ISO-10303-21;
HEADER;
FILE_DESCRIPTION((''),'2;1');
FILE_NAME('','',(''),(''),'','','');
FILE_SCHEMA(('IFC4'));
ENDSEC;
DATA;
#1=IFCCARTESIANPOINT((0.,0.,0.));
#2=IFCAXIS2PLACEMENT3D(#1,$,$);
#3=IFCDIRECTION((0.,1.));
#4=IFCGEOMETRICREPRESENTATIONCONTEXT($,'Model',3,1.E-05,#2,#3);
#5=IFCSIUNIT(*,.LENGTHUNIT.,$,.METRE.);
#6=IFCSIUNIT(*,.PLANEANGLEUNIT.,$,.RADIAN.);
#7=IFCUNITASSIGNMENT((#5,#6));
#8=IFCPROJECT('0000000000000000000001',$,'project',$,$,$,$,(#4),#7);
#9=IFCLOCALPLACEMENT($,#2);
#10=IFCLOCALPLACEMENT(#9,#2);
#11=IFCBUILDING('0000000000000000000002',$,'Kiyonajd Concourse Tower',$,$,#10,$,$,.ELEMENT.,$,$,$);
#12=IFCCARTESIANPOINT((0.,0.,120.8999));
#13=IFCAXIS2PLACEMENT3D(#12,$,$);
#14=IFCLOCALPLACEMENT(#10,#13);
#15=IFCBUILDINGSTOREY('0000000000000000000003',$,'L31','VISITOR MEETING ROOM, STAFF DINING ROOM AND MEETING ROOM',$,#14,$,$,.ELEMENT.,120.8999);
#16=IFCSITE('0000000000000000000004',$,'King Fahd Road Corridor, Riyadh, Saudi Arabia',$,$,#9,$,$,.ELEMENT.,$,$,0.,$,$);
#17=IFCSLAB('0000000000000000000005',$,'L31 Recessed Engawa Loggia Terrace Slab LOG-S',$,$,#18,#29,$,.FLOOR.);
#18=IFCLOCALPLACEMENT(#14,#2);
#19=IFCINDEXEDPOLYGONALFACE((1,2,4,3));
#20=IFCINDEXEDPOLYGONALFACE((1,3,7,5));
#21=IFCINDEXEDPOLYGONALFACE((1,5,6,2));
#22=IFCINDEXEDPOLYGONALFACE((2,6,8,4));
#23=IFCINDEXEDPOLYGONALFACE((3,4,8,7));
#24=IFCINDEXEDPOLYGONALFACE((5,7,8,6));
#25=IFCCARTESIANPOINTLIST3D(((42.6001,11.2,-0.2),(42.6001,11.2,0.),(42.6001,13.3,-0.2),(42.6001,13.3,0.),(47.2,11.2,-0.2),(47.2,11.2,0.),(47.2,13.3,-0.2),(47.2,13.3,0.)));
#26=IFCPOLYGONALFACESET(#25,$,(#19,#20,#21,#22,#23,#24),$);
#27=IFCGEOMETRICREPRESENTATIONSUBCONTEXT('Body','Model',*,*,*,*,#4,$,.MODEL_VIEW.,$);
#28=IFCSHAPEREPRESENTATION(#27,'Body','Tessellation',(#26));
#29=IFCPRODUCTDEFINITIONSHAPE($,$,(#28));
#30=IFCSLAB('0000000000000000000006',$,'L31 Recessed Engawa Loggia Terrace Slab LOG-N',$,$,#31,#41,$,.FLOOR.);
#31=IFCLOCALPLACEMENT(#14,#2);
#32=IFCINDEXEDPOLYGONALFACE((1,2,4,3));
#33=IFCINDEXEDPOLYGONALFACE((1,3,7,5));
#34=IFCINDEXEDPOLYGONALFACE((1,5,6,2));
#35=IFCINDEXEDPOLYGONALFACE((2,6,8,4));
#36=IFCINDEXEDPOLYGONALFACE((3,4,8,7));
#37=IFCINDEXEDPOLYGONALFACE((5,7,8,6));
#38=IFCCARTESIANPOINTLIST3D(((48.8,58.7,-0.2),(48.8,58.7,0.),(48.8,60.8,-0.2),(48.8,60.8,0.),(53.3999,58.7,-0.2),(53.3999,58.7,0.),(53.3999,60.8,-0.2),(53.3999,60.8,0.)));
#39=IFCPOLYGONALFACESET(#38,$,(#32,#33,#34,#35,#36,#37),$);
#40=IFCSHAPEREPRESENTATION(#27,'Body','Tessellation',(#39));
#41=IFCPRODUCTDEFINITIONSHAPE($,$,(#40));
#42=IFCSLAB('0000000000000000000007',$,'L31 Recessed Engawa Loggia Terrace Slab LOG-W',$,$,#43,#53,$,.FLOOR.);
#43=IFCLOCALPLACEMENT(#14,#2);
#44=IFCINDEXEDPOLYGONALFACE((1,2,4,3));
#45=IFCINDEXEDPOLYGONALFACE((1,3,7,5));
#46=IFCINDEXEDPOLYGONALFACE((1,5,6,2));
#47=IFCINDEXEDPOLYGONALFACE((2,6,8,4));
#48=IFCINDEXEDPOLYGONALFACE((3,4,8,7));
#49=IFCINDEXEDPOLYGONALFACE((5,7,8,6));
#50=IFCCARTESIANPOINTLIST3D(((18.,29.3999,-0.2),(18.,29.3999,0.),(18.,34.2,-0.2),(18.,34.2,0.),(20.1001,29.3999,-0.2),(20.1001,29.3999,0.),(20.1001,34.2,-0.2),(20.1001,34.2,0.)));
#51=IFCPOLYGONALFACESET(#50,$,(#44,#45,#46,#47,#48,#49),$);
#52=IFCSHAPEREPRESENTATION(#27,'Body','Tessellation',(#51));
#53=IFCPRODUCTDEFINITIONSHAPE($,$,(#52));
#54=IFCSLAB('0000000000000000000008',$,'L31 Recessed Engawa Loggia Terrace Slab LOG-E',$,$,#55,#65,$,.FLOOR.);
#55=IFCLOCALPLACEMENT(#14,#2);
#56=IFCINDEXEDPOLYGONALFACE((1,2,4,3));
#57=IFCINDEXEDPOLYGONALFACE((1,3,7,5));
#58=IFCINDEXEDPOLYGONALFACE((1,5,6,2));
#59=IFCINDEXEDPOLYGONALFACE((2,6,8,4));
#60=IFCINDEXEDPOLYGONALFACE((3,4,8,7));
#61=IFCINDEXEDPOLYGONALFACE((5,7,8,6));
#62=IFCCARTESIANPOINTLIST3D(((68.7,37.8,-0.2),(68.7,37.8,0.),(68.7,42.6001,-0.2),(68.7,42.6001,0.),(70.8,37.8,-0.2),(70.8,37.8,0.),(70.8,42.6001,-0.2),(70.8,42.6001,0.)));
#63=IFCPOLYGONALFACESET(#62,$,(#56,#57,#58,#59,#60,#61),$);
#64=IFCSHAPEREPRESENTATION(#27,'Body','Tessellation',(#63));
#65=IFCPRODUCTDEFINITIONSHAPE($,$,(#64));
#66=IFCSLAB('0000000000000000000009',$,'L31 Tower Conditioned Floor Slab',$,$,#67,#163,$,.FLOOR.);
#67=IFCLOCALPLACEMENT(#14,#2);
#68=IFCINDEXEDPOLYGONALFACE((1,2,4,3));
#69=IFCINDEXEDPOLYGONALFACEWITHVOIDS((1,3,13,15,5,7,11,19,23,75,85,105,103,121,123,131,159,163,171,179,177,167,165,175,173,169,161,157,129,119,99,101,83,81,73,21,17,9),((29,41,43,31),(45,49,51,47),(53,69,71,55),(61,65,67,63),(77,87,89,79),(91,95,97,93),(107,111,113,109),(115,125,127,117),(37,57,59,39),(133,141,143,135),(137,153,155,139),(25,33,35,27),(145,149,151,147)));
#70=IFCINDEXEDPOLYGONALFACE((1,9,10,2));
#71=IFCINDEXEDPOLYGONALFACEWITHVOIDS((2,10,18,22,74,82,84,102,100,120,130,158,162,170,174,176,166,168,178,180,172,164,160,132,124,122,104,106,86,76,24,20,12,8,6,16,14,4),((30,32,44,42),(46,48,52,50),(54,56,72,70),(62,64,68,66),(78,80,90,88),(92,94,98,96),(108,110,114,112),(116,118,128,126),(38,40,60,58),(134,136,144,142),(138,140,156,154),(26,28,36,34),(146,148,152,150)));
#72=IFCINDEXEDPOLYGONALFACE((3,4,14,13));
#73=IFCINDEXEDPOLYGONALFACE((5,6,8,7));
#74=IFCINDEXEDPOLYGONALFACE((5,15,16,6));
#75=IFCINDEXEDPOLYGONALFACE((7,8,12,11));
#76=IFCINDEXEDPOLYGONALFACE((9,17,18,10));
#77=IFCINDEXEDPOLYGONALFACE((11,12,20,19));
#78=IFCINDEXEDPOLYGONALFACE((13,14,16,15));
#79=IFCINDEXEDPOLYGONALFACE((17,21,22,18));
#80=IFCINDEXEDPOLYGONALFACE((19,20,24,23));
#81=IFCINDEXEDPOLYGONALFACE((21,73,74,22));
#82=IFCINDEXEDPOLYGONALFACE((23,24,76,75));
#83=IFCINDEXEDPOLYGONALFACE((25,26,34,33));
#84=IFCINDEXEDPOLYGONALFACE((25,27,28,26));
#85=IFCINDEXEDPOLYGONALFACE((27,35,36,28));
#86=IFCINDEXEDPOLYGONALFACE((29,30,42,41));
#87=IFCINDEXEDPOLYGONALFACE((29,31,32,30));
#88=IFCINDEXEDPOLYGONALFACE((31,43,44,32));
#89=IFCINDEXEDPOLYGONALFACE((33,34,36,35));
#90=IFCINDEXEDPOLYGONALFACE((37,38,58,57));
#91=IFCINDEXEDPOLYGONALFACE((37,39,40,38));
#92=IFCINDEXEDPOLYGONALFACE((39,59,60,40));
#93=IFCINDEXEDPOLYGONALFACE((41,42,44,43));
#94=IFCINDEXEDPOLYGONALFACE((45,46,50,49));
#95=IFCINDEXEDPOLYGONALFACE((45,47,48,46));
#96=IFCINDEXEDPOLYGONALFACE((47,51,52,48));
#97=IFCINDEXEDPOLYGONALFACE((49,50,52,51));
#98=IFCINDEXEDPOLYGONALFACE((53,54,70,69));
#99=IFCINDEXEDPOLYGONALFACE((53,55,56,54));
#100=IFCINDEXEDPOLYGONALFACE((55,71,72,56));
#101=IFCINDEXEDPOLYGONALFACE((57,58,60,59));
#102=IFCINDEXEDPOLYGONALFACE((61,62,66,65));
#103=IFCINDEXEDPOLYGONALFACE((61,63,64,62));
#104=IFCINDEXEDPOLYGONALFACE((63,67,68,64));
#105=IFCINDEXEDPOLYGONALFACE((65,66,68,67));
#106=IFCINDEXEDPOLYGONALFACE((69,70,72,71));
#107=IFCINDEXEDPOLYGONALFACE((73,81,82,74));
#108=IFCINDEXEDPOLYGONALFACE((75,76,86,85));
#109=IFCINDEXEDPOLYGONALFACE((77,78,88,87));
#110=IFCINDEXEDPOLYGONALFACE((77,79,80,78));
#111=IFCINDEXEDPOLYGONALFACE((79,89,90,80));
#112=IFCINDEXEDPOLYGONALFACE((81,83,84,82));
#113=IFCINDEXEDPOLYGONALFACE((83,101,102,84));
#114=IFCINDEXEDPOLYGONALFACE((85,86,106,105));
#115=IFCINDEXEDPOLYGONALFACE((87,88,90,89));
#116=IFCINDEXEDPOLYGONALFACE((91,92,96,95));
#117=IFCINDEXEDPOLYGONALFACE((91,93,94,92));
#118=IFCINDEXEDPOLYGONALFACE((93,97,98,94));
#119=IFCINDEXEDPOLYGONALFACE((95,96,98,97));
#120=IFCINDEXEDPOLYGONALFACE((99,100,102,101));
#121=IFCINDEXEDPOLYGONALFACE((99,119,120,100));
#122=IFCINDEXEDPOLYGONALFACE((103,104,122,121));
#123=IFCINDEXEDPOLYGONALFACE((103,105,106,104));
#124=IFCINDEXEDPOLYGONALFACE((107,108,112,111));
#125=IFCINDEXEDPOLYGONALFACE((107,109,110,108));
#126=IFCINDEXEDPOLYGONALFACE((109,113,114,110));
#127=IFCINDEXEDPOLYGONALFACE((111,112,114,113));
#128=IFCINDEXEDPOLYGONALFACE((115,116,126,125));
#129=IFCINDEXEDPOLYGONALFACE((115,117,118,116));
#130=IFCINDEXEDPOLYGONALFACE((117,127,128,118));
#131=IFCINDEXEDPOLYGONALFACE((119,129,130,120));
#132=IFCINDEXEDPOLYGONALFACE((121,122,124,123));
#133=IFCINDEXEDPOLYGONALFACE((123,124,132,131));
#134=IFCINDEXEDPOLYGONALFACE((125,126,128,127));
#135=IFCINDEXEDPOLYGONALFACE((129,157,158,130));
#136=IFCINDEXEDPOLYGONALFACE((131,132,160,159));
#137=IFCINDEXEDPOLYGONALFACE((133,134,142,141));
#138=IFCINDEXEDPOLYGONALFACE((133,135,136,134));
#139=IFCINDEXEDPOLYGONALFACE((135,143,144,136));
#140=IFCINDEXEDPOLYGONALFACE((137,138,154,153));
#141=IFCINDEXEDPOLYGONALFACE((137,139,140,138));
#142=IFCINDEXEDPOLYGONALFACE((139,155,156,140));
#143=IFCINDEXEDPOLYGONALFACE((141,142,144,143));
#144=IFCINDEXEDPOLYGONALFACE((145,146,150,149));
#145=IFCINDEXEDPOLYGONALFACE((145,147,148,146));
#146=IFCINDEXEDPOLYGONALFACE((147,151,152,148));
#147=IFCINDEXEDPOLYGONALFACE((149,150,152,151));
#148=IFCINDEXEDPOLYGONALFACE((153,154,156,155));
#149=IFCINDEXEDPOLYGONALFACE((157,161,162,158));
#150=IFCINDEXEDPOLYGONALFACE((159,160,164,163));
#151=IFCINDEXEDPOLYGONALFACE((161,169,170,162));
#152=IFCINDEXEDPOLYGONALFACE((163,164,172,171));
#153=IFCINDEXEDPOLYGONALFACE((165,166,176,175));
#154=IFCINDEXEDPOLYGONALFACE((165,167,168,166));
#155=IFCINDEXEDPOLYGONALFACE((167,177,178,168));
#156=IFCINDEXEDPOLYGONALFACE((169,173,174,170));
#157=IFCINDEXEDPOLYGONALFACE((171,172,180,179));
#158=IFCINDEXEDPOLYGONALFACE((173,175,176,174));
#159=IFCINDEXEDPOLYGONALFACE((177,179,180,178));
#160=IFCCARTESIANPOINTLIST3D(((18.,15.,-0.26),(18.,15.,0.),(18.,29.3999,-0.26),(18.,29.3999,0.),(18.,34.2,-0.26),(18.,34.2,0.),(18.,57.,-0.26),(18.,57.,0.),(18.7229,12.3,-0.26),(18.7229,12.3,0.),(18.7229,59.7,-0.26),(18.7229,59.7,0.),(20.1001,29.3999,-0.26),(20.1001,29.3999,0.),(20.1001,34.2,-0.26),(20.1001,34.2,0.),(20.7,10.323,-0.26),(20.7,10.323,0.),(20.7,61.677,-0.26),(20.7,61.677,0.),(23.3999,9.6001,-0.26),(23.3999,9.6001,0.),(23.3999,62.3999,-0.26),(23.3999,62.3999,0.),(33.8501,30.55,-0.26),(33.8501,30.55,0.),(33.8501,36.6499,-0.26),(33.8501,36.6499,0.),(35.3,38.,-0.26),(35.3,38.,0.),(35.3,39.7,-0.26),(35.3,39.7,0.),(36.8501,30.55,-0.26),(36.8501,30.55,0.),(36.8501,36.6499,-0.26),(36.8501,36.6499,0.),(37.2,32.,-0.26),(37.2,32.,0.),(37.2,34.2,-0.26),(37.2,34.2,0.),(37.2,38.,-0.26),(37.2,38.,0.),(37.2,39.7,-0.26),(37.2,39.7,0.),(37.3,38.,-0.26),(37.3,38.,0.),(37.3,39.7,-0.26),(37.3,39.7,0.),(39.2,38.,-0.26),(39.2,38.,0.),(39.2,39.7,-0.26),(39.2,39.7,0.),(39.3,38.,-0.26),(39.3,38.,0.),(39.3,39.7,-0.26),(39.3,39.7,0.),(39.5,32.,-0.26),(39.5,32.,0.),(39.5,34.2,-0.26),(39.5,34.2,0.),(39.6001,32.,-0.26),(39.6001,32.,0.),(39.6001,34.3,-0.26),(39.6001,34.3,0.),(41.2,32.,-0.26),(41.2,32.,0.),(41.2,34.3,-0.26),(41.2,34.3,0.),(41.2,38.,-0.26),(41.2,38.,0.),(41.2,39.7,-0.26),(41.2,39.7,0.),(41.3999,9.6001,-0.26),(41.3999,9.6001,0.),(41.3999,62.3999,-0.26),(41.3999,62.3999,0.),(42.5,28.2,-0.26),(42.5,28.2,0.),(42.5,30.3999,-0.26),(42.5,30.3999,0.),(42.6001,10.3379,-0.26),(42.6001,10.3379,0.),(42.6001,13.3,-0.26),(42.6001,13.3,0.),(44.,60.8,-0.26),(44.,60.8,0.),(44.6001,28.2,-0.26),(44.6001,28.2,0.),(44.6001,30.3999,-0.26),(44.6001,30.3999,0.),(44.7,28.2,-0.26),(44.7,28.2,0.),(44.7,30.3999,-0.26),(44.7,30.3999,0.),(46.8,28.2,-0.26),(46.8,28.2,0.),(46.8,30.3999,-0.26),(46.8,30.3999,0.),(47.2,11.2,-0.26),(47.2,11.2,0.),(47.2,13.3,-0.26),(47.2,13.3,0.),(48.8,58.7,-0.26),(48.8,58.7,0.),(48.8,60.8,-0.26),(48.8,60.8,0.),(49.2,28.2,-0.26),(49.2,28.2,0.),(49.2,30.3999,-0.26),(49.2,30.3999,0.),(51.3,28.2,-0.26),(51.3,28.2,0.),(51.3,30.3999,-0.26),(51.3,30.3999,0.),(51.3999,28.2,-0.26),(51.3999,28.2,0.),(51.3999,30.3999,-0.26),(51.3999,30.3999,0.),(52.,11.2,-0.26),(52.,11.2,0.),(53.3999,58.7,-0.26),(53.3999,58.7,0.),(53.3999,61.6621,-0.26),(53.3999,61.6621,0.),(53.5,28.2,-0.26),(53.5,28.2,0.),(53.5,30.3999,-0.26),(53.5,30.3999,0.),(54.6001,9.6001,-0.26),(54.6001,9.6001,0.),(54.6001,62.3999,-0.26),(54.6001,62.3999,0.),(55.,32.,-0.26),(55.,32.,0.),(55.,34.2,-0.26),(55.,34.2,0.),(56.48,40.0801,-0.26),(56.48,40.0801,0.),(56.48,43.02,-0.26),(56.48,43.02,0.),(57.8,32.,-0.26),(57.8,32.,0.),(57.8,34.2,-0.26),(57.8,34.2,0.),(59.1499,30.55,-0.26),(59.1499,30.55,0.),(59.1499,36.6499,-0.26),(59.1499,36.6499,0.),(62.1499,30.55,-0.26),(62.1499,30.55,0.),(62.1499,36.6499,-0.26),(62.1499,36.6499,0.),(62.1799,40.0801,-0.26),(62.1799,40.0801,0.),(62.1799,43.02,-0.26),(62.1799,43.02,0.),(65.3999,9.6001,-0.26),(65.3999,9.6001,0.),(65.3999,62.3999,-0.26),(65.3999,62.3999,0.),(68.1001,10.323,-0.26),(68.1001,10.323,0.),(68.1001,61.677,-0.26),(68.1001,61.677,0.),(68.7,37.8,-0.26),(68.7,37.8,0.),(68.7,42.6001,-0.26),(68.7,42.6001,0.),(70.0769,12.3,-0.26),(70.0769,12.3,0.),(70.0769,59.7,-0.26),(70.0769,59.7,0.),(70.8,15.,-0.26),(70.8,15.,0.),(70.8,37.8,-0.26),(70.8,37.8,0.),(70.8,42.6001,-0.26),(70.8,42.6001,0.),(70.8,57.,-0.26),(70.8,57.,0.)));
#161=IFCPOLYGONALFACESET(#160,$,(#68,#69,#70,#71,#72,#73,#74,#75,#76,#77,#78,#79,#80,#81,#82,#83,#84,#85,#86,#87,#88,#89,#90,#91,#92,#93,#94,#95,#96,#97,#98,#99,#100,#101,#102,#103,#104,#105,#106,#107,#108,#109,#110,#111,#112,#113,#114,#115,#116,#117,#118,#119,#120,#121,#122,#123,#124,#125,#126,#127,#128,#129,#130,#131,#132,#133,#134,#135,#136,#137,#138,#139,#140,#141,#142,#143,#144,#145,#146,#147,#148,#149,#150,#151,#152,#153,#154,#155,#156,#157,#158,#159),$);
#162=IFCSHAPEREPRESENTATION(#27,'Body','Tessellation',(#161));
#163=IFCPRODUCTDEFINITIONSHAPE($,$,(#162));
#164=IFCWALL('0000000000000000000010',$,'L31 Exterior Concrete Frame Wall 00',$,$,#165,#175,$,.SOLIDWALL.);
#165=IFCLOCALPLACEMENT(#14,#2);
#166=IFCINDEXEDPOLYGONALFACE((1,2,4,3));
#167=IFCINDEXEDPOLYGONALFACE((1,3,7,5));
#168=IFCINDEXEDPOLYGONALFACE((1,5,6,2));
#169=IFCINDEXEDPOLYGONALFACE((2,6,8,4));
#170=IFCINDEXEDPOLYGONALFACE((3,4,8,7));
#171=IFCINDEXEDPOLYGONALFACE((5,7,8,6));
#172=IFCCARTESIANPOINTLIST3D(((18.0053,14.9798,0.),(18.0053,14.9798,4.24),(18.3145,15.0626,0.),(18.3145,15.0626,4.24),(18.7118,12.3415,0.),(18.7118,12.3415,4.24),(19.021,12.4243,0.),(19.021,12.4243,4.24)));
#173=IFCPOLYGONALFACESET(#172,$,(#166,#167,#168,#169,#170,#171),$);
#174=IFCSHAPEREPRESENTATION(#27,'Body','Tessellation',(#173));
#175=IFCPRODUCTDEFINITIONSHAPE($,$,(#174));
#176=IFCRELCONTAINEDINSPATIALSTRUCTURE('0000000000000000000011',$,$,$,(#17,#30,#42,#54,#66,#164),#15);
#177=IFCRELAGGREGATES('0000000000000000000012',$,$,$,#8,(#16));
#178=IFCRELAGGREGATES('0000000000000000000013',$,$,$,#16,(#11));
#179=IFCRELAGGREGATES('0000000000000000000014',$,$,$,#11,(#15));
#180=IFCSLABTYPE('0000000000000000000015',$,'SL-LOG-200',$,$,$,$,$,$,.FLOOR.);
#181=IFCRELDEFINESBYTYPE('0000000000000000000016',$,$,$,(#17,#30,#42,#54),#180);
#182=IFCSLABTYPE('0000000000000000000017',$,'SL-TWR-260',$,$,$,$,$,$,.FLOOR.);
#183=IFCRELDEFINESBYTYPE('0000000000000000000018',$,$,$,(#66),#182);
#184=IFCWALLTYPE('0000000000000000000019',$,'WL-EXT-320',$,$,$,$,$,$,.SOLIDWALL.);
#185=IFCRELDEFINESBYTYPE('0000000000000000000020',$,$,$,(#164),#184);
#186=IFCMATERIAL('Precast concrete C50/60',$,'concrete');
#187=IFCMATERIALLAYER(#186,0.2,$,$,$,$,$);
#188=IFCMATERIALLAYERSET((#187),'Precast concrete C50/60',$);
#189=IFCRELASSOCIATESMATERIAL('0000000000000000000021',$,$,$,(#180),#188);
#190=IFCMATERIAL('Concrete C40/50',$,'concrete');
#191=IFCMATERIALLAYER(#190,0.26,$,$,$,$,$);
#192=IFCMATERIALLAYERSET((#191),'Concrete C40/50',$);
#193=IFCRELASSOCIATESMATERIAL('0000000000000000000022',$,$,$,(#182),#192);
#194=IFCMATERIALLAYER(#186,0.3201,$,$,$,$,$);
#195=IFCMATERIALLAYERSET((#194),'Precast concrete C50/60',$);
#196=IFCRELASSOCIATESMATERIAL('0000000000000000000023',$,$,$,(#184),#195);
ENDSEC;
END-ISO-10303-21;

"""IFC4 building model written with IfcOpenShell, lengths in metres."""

from ifc_helpers import new_model, si_unit, direction, frame, frame_2d, origin, place, context, subcontext, project, spatial, polyline, rectangle, outline, extrude, material, layer, layer_set, type_object, element, save


model = new_model("IFC4")

# Units and contexts
model_context = context("Model", 3, precision=1e-05, world=origin(), true_north=direction((0.0, 1.0)))
body_context = subcontext(model_context, "Body", "Model", "MODEL_VIEW")
ifc_project = project(units=[si_unit("LENGTHUNIT", "METRE"), si_unit("PLANEANGLEUNIT", "RADIAN")], contexts=[model_context])

# Site, building, storey
site_placement = place(None, origin())
site = spatial("IfcSite", under=ifc_project, at=site_placement, Name="King Fahd Road Corridor, Riyadh, Saudi Arabia", CompositionType="ELEMENT", RefElevation=0.0)
building_placement = place(site_placement, origin())
building = spatial("IfcBuilding", under=site, at=building_placement, Name="Kiyonajd Concourse Tower", CompositionType="ELEMENT")
storey_placement = place(building_placement, frame((0.0, 0.0, 120.8999)))
storey = spatial("IfcBuildingStorey", under=building, at=storey_placement, Name="L31", Description="VISITOR MEETING ROOM, STAFF DINING ROOM AND MEETING ROOM", CompositionType="ELEMENT", Elevation=120.8999)

# Shared definitions
ifc_material_1 = material(Name="Precast concrete C50/60", Category="concrete")

# Shared definitions
ifc_material_2 = material(Name="Concrete C40/50", Category="concrete")

# Slabs
ifc_layer_1 = layer(ifc_material_1, 0.2)
ifc_layer_set_1 = layer_set([ifc_layer_1], Name="Precast concrete C50/60")
slab_type_1 = type_object("IfcSlabType", Name="SL-LOG-200", PredefinedType="FLOOR", material=ifc_layer_set_1)
slab_1_placement = place(storey_placement, frame((0.0, 0.0, -0.2)))
element("IfcSlab", 1, at=slab_1_placement, inside=storey, type_object=slab_type_1, Name="L31 Recessed Engawa Loggia Terrace Slab LOG-S", PredefinedType="FLOOR", context=body_context, shape_type="SweptSolid", body=[
    extrude(outline(polyline([(42.6001, 11.2), (47.2, 11.2), (47.2, 13.3), (42.6001, 13.3), (42.6001, 11.2)])), origin(), (0.0, 0.0, 1.0), 0.2),
])
slab_2_placement = place(storey_placement, frame((0.0, 0.0, -0.2)))
element("IfcSlab", 2, at=slab_2_placement, inside=storey, type_object=slab_type_1, Name="L31 Recessed Engawa Loggia Terrace Slab LOG-N", PredefinedType="FLOOR", context=body_context, shape_type="SweptSolid", body=[
    extrude(outline(polyline([(48.8, 58.7), (53.3999, 58.7), (53.3999, 60.8), (48.8, 60.8), (48.8, 58.7)])), origin(), (0.0, 0.0, 1.0), 0.2),
])
slab_3_placement = place(storey_placement, frame((0.0, 0.0, -0.2)))
element("IfcSlab", 3, at=slab_3_placement, inside=storey, type_object=slab_type_1, Name="L31 Recessed Engawa Loggia Terrace Slab LOG-W", PredefinedType="FLOOR", context=body_context, shape_type="SweptSolid", body=[
    extrude(outline(polyline([(18.0, 29.3999), (20.1001, 29.3999), (20.1001, 34.2), (18.0, 34.2), (18.0, 29.3999)])), origin(), (0.0, 0.0, 1.0), 0.2),
])
slab_4_placement = place(storey_placement, frame((0.0, 0.0, -0.2)))
element("IfcSlab", 4, at=slab_4_placement, inside=storey, type_object=slab_type_1, Name="L31 Recessed Engawa Loggia Terrace Slab LOG-E", PredefinedType="FLOOR", context=body_context, shape_type="SweptSolid", body=[
    extrude(outline(polyline([(68.7, 37.8), (70.8, 37.8), (70.8, 42.6001), (68.7, 42.6001), (68.7, 37.8)])), origin(), (0.0, 0.0, 1.0), 0.2),
])
ifc_layer_2 = layer(ifc_material_2, 0.26)
ifc_layer_set_2 = layer_set([ifc_layer_2], Name="Concrete C40/50")
slab_type_2 = type_object("IfcSlabType", Name="SL-TWR-260", PredefinedType="FLOOR", material=ifc_layer_set_2)
slab_5_placement = place(storey_placement, frame((0.0, 0.0, -0.26)))
element("IfcSlab", 5, at=slab_5_placement, inside=storey, type_object=slab_type_2, Name="L31 Tower Conditioned Floor Slab", PredefinedType="FLOOR", context=body_context, shape_type="SweptSolid", body=[
    extrude(outline(polyline([(18.7229, 12.3), (18.0, 15.0), (18.0, 29.3999), (20.1001, 29.3999), (20.1001, 34.2), (18.0, 34.2), (18.0, 57.0), (18.7229, 59.7), (20.7, 61.677), (23.3999, 62.3999), (41.3999, 62.3999), (44.0, 60.8), (48.8, 60.8), (48.8, 58.7), (53.3999, 58.7), (53.3999, 61.6621), (54.6001, 62.3999), (65.3999, 62.3999), (68.1001, 61.677), (70.0769, 59.7), (70.8, 57.0), (70.8, 42.6001), (68.7, 42.6001), (68.7, 37.8), (70.8, 37.8), (70.8, 15.0), (70.0769, 12.3), (68.1001, 10.323), (65.3999, 9.6001), (54.6001, 9.6001), (52.0, 11.2), (47.2, 11.2), (47.2, 13.3), (42.6001, 13.3), (42.6001, 10.3379), (41.3999, 9.6001), (23.3999, 9.6001), (20.7, 10.323), (18.7229, 12.3)]), holes=[polyline([(44.6001, 28.2), (42.5, 28.2), (42.5, 30.3999), (44.6001, 30.3999), (44.6001, 28.2)]), polyline([(37.2, 32.0), (37.2, 34.2), (39.5, 34.2), (39.5, 32.0), (37.2, 32.0)]), polyline([(39.6001, 32.0), (39.6001, 34.3), (41.2, 34.3), (41.2, 32.0), (39.6001, 32.0)]), polyline([(36.8501, 30.55), (33.8501, 30.55), (33.8501, 36.6499), (36.8501, 36.6499), (36.8501, 30.55)]), polyline([(35.3, 38.0), (35.3, 39.7), (37.2, 39.7), (37.2, 38.0), (35.3, 38.0)]), polyline([(37.3, 38.0), (37.3, 39.7), (39.2, 39.7), (39.2, 38.0), (37.3, 38.0)]), polyline([(41.2, 38.0), (39.3, 38.0), (39.3, 39.7), (41.2, 39.7), (41.2, 38.0)]), polyline([(44.7, 28.2), (44.7, 30.3999), (46.8, 30.3999), (46.8, 28.2), (44.7, 28.2)]), polyline([(49.2, 28.2), (49.2, 30.3999), (51.3, 30.3999), (51.3, 28.2), (49.2, 28.2)]), polyline([(51.3999, 28.2), (51.3999, 30.3999), (53.5, 30.3999), (53.5, 28.2), (51.3999, 28.2)]), polyline([(55.0, 32.0), (55.0, 34.2), (57.8, 34.2), (57.8, 32.0), (55.0, 32.0)]), polyline([(59.1499, 30.55), (59.1499, 36.6499), (62.1499, 36.6499), (62.1499, 30.55), (59.1499, 30.55)]), polyline([(56.48, 43.02), (62.1799, 43.02), (62.1799, 40.0801), (56.48, 40.0801), (56.48, 43.02)])]), origin(), (0.0, 0.0, 1.0), 0.26),
])

# Wall
ifc_layer_3 = layer(ifc_material_1, 0.3201)
ifc_layer_set_3 = layer_set([ifc_layer_3], Name="Precast concrete C50/60")
wall_type_1 = type_object("IfcWallType", Name="WL-EXT-320", PredefinedType="SOLIDWALL", material=ifc_layer_set_3)
wall_1_placement = place(storey_placement, frame((18.8665, 12.3828, 0.0), z_axis=(0.0, 0.0, 1.0), x_axis=(-0.258697, 0.965958, 0.0)))
element("IfcWall", 6, at=wall_1_placement, inside=storey, type_object=wall_type_1, Name="L31 Exterior Concrete Frame Wall 00", PredefinedType="SOLIDWALL", context=body_context, shape_type="SweptSolid", body=[
    extrude(rectangle(XDim=2.7312, YDim=0.3201, at=frame_2d((1.3657, 0.0))), origin(), (0.0, 0.0, 1.0), 4.24),
])

save(model, "model.ifc")
